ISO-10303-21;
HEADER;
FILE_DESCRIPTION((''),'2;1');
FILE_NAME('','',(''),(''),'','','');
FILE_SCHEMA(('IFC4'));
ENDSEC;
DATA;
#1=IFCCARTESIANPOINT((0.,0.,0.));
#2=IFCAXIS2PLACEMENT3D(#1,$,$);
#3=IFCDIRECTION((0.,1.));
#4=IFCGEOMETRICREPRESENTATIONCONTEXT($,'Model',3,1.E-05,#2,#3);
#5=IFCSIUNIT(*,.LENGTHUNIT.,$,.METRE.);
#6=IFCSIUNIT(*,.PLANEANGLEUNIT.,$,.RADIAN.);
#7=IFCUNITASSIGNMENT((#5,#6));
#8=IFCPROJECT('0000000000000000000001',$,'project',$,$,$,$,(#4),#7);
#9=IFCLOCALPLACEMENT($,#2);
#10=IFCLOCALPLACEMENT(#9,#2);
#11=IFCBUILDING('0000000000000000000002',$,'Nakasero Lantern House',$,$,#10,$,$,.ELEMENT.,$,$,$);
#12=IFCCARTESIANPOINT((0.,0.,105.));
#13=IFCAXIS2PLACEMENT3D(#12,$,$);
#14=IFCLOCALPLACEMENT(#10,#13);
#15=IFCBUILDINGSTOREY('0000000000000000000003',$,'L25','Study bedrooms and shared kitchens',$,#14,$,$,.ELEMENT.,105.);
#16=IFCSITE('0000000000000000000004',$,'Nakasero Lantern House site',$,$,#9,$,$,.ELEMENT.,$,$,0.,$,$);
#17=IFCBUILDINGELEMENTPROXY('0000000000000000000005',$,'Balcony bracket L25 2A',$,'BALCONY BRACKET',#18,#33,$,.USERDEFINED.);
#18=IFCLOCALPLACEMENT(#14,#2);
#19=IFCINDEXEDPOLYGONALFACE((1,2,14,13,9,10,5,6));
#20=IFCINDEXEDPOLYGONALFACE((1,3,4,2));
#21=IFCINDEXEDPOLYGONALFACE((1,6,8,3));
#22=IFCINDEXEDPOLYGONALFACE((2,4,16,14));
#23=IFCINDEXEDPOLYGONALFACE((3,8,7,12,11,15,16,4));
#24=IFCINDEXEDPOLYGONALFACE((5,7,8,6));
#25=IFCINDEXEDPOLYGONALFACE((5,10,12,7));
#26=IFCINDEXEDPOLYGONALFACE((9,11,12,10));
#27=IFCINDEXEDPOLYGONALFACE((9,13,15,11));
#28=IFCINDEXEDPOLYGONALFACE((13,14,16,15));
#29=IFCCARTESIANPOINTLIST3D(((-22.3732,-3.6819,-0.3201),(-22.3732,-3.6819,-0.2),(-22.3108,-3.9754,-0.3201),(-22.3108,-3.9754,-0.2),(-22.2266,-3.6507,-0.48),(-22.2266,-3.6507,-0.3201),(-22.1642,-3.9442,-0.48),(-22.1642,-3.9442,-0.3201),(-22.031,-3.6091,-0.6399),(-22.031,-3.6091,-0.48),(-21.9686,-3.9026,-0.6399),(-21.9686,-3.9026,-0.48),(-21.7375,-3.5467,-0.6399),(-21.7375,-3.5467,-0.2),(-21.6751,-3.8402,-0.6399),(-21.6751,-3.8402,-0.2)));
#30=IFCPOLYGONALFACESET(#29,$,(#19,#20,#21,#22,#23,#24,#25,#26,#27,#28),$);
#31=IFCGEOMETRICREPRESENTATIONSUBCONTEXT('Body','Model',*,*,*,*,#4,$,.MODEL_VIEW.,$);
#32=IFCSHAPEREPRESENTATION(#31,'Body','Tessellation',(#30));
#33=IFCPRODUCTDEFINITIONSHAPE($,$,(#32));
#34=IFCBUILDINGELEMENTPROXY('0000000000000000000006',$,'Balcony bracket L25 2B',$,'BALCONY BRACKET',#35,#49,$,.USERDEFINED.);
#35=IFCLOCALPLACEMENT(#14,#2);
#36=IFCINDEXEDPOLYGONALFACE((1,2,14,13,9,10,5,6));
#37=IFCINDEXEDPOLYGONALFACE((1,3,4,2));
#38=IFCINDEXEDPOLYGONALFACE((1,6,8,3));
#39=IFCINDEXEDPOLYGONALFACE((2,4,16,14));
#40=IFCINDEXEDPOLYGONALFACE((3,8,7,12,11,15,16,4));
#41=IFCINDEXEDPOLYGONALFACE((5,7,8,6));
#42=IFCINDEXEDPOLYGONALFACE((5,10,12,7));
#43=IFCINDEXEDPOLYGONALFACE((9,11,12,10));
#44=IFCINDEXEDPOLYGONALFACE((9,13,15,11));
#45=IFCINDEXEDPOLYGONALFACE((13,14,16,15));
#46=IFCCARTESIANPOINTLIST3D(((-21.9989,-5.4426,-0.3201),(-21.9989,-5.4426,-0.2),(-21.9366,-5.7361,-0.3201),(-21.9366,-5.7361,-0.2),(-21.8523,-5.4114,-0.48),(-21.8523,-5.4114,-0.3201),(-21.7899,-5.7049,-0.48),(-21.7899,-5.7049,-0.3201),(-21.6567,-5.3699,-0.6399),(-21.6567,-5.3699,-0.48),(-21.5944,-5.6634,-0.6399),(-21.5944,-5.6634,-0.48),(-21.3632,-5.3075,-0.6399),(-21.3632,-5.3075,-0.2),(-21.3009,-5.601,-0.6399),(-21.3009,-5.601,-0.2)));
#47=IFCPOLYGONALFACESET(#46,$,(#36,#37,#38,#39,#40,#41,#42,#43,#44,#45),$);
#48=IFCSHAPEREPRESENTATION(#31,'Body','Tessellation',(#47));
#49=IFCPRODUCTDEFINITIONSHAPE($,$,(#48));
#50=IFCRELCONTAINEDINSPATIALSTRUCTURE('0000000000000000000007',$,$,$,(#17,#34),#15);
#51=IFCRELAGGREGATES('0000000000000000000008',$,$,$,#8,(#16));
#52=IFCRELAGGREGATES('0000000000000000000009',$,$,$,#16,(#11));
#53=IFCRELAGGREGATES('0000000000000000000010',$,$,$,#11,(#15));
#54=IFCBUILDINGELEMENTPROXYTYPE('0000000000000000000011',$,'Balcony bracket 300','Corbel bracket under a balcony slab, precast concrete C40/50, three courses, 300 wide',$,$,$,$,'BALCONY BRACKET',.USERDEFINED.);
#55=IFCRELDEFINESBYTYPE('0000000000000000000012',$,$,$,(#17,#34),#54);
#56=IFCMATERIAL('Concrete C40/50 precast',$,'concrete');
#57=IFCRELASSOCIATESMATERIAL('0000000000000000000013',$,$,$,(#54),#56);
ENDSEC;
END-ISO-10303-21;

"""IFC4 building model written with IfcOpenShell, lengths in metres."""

from ifc_helpers import new_model, si_unit, direction, frame, origin, place, context, subcontext, project, spatial, polyline, outline, extrude, material, type_object, element, save


model = new_model("IFC4")

# Units and contexts
model_context = context("Model", 3, precision=1e-05, world=origin(), true_north=direction((0.0, 1.0)))
body_context = subcontext(model_context, "Body", "Model", "MODEL_VIEW")
ifc_project = project(units=[si_unit("LENGTHUNIT", "METRE"), si_unit("PLANEANGLEUNIT", "RADIAN")], contexts=[model_context])

# Site, building, storey
site_placement = place(None, origin())
site = spatial("IfcSite", under=ifc_project, at=site_placement, Name="Nakasero Lantern House site", CompositionType="ELEMENT", RefElevation=0.0)
building_placement = place(site_placement, origin())
building = spatial("IfcBuilding", under=site, at=building_placement, Name="Nakasero Lantern House", CompositionType="ELEMENT")
storey_placement = place(building_placement, frame((0.0, 0.0, 105.0)))
storey = spatial("IfcBuildingStorey", under=building, at=storey_placement, Name="L25", Description="Study bedrooms and shared kitchens", CompositionType="ELEMENT", Elevation=105.0)

# Building element proxies
ifc_material_1 = material(Name="Concrete C40/50 precast", Category="concrete")
building_element_proxy_type = type_object("IfcBuildingElementProxyType", Name="Balcony bracket 300", Description="Corbel bracket under a balcony slab, precast concrete C40/50, three courses, 300 wide", ElementType="BALCONY BRACKET", PredefinedType="USERDEFINED", material=ifc_material_1)
for number, where, z_axis, x_axis, name in (
    (1, (-21.7063, -3.6936, -0.2), (0.0, 0.0, 1.0), (-0.978148, -0.207912, 0.0), "Balcony bracket L25 2A"),
    (2, (-21.332, -5.4543, -0.2), (0.0, 0.0, 1.0), (-0.978148, -0.207912, 0.0), "Balcony bracket L25 2B"),
):
    element("IfcBuildingElementProxy", number, at=place(storey_placement, frame(where, z_axis=z_axis, x_axis=x_axis)), inside=storey, type_object=building_element_proxy_type, Name=name, ObjectType="BALCONY BRACKET", PredefinedType="USERDEFINED", context=body_context, shape_type="SweptSolid", body=[
        extrude(outline(polyline([(0.0, 0.0), (0.6499, 0.0), (0.6499, -0.1201), (0.5, -0.1201), (0.5, -0.28), (0.3, -0.28), (0.3, -0.4399), (0.0, -0.4399), (0.0, 0.0)])), frame((0.0, 0.1499, 0.0), z_axis=(0.0, -1.0, 0.0), x_axis=(1.0, 0.0, 0.0)), (0.0, 0.0, 1.0), 0.3),
    ])

save(model, "model.ifc")
